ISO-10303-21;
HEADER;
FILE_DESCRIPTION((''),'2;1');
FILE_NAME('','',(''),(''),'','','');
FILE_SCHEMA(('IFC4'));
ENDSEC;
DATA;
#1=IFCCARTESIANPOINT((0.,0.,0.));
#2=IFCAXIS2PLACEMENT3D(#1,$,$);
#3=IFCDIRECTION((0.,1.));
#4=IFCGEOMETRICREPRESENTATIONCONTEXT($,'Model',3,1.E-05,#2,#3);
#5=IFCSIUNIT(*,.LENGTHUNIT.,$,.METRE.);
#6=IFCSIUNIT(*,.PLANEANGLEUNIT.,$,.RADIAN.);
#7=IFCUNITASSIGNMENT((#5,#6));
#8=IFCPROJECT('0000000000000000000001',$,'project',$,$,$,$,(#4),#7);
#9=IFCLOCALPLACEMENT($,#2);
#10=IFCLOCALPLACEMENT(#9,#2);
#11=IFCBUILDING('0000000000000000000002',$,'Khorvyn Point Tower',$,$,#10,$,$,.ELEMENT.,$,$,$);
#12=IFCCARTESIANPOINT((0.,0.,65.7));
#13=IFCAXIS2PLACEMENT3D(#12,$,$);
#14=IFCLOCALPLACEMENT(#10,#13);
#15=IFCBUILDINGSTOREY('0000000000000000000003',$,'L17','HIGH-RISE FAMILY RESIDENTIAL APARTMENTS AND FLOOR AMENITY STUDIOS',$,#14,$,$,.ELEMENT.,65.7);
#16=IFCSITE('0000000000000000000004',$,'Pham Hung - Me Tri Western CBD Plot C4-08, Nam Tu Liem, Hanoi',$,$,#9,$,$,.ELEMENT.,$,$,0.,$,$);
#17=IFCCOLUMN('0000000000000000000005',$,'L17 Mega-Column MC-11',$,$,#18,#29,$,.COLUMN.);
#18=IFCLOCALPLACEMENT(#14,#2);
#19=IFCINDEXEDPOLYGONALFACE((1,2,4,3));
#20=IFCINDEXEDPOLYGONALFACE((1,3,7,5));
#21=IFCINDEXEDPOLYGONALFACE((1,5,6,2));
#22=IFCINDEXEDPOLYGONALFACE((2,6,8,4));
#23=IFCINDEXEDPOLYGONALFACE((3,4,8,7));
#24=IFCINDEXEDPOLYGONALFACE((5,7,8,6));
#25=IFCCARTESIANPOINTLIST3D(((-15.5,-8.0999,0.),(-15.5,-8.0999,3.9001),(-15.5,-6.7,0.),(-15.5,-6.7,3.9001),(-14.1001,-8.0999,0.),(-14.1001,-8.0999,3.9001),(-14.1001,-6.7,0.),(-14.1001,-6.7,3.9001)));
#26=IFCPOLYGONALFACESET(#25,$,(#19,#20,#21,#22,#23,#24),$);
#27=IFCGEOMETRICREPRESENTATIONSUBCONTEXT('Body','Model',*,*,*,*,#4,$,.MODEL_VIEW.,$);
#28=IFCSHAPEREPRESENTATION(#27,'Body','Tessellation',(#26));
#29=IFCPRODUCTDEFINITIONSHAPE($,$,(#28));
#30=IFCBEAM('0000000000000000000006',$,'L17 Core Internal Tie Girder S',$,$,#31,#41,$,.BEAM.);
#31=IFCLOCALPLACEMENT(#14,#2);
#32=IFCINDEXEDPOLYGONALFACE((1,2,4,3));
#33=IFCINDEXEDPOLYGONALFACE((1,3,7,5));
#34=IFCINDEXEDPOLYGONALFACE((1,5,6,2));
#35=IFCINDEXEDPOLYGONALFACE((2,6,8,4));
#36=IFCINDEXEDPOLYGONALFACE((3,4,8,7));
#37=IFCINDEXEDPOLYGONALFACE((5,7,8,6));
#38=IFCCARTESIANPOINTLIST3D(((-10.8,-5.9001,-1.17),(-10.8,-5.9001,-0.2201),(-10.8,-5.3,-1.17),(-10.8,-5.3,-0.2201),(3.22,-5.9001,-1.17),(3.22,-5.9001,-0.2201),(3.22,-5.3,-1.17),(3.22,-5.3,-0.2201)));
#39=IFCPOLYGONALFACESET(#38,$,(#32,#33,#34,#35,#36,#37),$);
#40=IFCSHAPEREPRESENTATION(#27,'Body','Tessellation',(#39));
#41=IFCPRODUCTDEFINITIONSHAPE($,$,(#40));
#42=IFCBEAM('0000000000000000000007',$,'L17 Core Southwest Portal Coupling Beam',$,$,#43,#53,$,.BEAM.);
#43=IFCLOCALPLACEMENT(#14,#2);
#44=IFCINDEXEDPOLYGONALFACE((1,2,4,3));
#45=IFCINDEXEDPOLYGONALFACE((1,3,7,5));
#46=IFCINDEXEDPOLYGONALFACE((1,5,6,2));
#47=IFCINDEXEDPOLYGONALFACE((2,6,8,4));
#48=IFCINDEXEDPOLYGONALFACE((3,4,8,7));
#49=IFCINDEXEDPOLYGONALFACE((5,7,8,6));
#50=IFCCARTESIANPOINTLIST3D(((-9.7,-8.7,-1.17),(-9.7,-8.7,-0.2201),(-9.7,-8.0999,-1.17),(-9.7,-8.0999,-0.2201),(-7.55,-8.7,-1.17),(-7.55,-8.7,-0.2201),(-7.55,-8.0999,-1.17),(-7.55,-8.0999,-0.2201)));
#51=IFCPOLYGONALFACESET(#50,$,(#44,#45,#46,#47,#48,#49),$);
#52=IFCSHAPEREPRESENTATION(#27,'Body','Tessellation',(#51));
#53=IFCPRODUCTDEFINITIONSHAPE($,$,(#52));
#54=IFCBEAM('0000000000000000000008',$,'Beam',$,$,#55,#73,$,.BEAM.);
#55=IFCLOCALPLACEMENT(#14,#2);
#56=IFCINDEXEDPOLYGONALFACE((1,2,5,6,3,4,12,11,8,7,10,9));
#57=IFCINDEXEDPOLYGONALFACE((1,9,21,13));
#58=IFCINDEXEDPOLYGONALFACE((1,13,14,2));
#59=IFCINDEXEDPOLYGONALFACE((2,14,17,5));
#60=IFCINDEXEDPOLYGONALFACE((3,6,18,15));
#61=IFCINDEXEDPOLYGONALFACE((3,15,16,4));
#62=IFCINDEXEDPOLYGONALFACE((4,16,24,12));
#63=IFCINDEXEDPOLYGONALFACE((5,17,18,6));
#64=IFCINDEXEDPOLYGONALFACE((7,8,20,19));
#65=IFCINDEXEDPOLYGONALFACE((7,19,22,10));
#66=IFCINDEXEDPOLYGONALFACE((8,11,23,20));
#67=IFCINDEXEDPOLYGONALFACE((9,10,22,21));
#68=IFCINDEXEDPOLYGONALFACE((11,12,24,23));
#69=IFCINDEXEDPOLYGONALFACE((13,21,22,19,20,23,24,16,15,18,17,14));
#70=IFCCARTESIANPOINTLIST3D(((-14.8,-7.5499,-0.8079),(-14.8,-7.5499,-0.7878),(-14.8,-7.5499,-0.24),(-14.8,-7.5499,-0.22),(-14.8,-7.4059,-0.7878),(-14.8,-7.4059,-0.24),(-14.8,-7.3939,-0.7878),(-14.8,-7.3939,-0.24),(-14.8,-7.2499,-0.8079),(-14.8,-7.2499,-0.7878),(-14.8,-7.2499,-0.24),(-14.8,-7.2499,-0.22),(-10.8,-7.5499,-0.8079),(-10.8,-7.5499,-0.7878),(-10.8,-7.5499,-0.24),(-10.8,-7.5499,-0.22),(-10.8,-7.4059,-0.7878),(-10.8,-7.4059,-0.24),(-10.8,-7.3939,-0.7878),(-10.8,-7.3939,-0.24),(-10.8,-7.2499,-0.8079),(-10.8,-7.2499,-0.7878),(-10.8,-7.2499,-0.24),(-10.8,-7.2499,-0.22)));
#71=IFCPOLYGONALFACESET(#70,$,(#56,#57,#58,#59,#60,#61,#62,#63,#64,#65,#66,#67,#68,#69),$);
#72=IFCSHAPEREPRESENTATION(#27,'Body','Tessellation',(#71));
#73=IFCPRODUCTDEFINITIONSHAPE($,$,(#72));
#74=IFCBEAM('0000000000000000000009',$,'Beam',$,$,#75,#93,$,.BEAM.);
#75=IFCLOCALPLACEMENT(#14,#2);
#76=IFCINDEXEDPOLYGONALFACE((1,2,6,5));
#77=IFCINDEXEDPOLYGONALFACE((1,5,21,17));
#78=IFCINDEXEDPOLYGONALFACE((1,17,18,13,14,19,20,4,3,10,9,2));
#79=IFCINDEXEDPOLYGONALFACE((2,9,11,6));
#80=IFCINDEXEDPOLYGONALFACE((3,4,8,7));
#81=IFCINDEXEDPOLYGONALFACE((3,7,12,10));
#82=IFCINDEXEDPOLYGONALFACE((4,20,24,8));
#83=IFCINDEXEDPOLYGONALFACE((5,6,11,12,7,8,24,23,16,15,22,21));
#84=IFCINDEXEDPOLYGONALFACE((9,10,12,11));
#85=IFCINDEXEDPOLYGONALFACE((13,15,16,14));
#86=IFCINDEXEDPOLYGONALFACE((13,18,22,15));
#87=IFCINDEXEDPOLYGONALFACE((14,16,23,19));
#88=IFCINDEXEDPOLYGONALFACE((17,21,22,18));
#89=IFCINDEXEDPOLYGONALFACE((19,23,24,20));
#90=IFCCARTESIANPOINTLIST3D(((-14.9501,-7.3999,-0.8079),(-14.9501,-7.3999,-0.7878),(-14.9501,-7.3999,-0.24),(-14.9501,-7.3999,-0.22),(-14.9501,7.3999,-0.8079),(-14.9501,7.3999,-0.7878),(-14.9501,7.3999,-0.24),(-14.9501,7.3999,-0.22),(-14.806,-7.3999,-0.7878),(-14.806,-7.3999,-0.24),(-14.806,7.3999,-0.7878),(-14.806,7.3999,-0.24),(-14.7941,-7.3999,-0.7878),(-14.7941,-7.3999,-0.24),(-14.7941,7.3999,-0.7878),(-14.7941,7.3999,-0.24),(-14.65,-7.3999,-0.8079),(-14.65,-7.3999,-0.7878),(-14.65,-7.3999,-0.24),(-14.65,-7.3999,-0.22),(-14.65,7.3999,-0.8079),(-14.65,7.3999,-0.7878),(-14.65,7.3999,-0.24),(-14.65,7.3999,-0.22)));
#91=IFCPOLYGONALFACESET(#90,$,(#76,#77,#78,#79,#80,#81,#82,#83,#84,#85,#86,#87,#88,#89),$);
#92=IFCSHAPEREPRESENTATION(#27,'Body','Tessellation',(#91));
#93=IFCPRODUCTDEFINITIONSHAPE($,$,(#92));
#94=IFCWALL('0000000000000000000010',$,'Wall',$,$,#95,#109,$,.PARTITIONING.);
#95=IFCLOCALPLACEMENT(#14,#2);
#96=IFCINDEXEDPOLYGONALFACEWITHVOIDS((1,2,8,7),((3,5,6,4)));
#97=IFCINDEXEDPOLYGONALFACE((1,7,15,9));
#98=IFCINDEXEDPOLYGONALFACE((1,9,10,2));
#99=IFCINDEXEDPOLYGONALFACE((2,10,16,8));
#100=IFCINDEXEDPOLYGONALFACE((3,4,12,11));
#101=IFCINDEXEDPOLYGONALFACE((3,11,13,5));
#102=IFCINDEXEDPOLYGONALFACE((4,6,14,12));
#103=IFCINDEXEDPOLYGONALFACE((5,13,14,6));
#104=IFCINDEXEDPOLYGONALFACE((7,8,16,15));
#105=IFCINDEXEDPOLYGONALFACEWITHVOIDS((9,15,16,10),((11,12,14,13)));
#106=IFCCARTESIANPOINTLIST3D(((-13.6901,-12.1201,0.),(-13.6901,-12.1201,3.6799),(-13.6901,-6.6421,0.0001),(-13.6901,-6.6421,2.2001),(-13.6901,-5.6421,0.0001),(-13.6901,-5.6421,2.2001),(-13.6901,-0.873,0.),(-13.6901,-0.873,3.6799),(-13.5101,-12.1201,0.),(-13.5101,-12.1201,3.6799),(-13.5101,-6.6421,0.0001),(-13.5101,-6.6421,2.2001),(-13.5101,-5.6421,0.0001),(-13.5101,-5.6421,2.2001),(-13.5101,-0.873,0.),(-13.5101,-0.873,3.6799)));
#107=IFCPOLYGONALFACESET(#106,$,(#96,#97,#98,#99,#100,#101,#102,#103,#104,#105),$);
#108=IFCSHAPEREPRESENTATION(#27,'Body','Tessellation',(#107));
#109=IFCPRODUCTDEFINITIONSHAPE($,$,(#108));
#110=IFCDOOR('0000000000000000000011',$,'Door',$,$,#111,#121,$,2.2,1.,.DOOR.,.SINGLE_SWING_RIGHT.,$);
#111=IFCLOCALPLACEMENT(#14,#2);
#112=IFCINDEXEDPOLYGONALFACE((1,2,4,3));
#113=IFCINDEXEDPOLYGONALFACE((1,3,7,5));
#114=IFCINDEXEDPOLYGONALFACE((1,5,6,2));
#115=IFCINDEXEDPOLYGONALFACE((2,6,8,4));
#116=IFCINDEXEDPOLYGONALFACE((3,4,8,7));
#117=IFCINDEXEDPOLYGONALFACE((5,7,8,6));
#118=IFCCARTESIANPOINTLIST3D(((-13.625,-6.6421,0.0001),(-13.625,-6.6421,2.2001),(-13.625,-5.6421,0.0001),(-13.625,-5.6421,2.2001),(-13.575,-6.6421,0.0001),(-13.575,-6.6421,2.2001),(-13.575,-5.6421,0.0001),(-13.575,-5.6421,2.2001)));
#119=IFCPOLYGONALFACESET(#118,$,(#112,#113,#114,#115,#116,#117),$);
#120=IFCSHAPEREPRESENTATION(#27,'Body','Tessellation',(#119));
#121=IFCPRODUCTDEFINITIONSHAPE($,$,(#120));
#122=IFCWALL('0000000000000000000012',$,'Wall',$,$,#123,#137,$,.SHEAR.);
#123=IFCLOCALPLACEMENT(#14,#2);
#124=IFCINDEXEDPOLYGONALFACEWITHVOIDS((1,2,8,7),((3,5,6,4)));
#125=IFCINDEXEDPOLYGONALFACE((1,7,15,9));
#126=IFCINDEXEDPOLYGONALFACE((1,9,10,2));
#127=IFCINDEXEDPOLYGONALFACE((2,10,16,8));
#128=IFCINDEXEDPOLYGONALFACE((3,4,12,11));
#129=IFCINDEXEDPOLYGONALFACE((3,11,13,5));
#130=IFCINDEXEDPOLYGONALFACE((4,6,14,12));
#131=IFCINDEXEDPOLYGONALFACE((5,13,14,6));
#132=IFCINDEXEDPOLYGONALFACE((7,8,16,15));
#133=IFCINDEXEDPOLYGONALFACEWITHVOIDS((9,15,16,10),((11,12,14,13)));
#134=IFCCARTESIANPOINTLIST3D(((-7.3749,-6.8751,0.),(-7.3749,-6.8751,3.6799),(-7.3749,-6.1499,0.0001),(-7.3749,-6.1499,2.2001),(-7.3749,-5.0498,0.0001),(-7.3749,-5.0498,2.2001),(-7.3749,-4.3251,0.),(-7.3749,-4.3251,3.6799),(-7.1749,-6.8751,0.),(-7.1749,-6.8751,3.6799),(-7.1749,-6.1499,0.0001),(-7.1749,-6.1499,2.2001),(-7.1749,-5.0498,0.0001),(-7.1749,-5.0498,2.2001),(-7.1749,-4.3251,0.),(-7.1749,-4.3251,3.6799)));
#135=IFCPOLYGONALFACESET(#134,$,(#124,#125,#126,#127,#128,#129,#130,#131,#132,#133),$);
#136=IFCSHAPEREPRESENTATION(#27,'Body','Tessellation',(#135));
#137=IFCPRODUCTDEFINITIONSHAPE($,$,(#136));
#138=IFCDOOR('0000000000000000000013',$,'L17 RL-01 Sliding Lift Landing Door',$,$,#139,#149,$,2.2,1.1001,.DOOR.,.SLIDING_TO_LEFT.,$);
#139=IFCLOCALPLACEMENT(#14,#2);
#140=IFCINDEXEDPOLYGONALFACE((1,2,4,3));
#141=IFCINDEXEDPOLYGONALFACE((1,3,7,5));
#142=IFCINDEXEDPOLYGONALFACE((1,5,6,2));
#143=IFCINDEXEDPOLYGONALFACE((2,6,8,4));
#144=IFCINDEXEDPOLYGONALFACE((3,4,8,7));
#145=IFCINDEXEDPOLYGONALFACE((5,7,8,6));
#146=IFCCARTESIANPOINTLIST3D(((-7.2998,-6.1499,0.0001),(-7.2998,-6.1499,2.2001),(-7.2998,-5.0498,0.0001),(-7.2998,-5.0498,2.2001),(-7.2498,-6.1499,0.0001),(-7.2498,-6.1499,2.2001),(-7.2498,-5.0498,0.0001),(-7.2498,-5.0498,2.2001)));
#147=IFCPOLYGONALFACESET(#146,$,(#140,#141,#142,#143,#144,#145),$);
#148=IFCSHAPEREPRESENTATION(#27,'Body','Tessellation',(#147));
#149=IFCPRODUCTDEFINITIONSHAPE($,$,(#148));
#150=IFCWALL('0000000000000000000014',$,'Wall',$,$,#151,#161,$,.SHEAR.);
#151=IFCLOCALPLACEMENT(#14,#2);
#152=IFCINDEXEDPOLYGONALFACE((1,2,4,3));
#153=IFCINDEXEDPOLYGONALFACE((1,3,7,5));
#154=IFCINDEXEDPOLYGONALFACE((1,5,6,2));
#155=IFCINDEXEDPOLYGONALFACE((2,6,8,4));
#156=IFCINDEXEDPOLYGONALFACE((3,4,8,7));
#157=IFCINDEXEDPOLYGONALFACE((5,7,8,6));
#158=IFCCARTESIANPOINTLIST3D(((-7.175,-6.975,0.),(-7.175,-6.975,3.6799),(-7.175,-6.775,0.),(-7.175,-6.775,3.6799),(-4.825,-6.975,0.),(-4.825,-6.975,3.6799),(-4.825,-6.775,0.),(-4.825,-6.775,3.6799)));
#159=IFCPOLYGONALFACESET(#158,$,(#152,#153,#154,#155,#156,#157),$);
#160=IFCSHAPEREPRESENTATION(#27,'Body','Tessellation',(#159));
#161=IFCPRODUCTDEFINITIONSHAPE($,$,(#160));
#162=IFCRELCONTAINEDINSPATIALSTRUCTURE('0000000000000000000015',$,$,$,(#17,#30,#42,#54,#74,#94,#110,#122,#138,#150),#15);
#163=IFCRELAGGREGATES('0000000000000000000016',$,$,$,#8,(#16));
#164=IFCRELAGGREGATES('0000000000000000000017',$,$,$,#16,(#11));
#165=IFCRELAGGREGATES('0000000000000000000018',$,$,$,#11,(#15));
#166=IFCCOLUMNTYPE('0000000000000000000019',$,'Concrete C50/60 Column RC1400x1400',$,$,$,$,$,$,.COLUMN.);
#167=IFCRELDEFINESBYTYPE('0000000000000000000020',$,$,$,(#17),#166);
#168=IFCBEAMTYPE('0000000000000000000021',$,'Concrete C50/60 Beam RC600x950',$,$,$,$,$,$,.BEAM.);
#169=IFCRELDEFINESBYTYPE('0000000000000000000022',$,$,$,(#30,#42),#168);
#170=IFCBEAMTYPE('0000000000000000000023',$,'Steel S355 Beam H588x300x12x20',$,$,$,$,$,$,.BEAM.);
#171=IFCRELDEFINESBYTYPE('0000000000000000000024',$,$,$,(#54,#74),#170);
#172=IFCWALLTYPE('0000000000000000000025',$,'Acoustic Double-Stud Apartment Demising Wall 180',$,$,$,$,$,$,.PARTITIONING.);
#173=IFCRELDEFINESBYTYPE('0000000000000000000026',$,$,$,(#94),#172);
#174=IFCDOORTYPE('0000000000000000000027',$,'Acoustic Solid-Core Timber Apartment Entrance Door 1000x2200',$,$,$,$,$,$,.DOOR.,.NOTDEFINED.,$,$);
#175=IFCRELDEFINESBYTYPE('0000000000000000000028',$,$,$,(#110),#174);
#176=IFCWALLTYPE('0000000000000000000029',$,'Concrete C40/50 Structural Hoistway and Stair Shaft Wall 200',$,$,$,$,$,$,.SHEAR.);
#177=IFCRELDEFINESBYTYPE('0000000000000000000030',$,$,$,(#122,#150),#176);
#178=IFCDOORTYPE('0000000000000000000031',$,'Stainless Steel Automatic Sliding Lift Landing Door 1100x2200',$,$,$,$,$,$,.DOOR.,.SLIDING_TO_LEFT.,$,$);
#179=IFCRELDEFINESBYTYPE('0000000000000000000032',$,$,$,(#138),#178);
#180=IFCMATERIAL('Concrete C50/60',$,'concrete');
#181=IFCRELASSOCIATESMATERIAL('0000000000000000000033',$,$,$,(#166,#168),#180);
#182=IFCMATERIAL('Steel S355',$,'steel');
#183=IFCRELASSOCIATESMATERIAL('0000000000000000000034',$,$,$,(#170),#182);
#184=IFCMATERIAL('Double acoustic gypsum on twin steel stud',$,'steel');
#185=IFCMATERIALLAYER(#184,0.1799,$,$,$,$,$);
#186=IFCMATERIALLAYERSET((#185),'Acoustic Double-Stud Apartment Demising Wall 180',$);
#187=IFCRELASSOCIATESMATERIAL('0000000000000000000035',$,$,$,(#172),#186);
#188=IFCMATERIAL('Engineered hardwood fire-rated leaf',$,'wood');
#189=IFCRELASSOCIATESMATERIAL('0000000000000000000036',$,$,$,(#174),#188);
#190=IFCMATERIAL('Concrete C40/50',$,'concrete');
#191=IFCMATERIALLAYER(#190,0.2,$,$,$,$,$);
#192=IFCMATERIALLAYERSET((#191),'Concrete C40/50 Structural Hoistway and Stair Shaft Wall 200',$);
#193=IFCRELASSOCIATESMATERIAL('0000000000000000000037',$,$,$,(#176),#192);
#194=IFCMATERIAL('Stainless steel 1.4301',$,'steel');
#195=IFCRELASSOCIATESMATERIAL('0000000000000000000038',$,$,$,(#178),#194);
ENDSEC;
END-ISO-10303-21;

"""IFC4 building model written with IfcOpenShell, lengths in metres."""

from ifc_helpers import new_model, si_unit, direction, frame, frame_2d, origin, origin_2d, place, context, subcontext, project, spatial, rectangle, i_section, extrude, material, layer, layer_set, material_profile, profile_set, type_object, element, fill, save


model = new_model("IFC4")

# Units and contexts
model_context = context("Model", 3, precision=1e-05, world=origin(), true_north=direction((0.0, 1.0)))
body_context = subcontext(model_context, "Body", "Model", "MODEL_VIEW")
ifc_project = project(units=[si_unit("LENGTHUNIT", "METRE"), si_unit("PLANEANGLEUNIT", "RADIAN")], contexts=[model_context])

# Site, building, storey
site_placement = place(None, origin())
site = spatial("IfcSite", under=ifc_project, at=site_placement, Name="Pham Hung - Me Tri Western CBD Plot C4-08, Nam Tu Liem, Hanoi", CompositionType="ELEMENT", RefElevation=0.0)
building_placement = place(site_placement, origin())
building = spatial("IfcBuilding", under=site, at=building_placement, Name="Khorvyn Point Tower", CompositionType="ELEMENT")
storey_placement = place(building_placement, frame((0.0, 0.0, 65.7)))
storey = spatial("IfcBuildingStorey", under=building, at=storey_placement, Name="L17", Description="HIGH-RISE FAMILY RESIDENTIAL APARTMENTS AND FLOOR AMENITY STUDIOS", CompositionType="ELEMENT", Elevation=65.7)

# Column
ifc_material_1 = material(Name="Concrete C50/60", Category="concrete")
ifc_material_profile_1 = material_profile(ifc_material_1, rectangle(XDim=1.3999, YDim=1.3999, at=origin_2d()))
ifc_profile_set_1 = profile_set([ifc_material_profile_1], Name="Concrete C50/60 RC1400x1400")
column_type = type_object("IfcColumnType", Name="Concrete C50/60 Column RC1400x1400", PredefinedType="COLUMN", material=ifc_profile_set_1)
column_placement = place(storey_placement, frame((-14.8, -7.3999, 0.0), z_axis=(0.0, 0.0, 1.0), x_axis=(1.0, 0.0, 0.0)))
element("IfcColumn", 1, at=column_placement, inside=storey, type_object=column_type, Name="L17 Mega-Column MC-11", PredefinedType="COLUMN", context=body_context, shape_type="SweptSolid", body=[
    extrude(rectangle(XDim=1.3999, YDim=1.3999, at=origin_2d()), origin(), (0.0, 0.0, 1.0), 3.9001),
])

# Beams
ifc_material_profile_2 = material_profile(ifc_material_1, rectangle(XDim=0.6001, YDim=0.95, at=origin_2d()))
ifc_profile_set_2 = profile_set([ifc_material_profile_2], Name="Concrete C50/60 RC600x950")
beam_type_1 = type_object("IfcBeamType", Name="Concrete C50/60 Beam RC600x950", PredefinedType="BEAM", material=ifc_profile_set_2)
beam_1_placement = place(storey_placement, frame((-10.8, -5.6001, -0.6951), z_axis=(1.0, 0.0, 0.0), x_axis=(0.0, 1.0, 0.0)))
element("IfcBeam", 2, at=beam_1_placement, inside=storey, type_object=beam_type_1, Name="L17 Core Internal Tie Girder S", PredefinedType="BEAM", context=body_context, shape_type="SweptSolid", body=[
    extrude(rectangle(XDim=0.6001, YDim=0.95, at=origin_2d()), origin(), (0.0, 0.0, 1.0), 14.02),
])
beam_2_placement = place(storey_placement, frame((-9.7, -8.3999, -0.6951), z_axis=(1.0, 0.0, 0.0), x_axis=(0.0, 1.0, 0.0)))
element("IfcBeam", 3, at=beam_2_placement, inside=storey, type_object=beam_type_1, Name="L17 Core Southwest Portal Coupling Beam", PredefinedType="BEAM", context=body_context, shape_type="SweptSolid", body=[
    extrude(rectangle(XDim=0.6001, YDim=0.95, at=origin_2d()), origin(), (0.0, 0.0, 1.0), 2.1499),
])
ifc_material_2 = material(Name="Steel S355", Category="steel")
ifc_material_profile_3 = material_profile(ifc_material_2, i_section(OverallWidth=0.3, OverallDepth=0.5879, WebThickness=0.012, FlangeThickness=0.02, at=origin_2d()))
ifc_profile_set_3 = profile_set([ifc_material_profile_3], Name="Steel S355 H588x300x12x20")
beam_type_2 = type_object("IfcBeamType", Name="Steel S355 Beam H588x300x12x20", PredefinedType="BEAM", material=ifc_profile_set_3)
beam_3_placement = place(storey_placement, frame((-14.8, -7.3999, -0.5139), z_axis=(1.0, 0.0, 0.0), x_axis=(0.0, 1.0, 0.0)))
element("IfcBeam", 4, at=beam_3_placement, inside=storey, type_object=beam_type_2, Name="Beam", PredefinedType="BEAM", context=body_context, shape_type="SweptSolid", body=[
    extrude(i_section(OverallWidth=0.3, OverallDepth=0.5879, WebThickness=0.012, FlangeThickness=0.02, at=origin_2d()), origin(), (0.0, 0.0, 1.0), 4.0),
])
beam_4_placement = place(storey_placement, frame((-14.8, -7.3999, -0.5139), z_axis=(0.0, 1.0, 0.0), x_axis=(-1.0, 0.0, 0.0)))
element("IfcBeam", 5, at=beam_4_placement, inside=storey, type_object=beam_type_2, Name="Beam", PredefinedType="BEAM", context=body_context, shape_type="SweptSolid", body=[
    extrude(i_section(OverallWidth=0.3, OverallDepth=0.5879, WebThickness=0.012, FlangeThickness=0.02, at=origin_2d()), origin(), (0.0, 0.0, 1.0), 14.7998),
])

# Walls, openings, doors
ifc_material_3 = material(Name="Double acoustic gypsum on twin steel stud", Category="steel")
ifc_layer_1 = layer(ifc_material_3, 0.1799)
ifc_layer_set_1 = layer_set([ifc_layer_1], Name="Acoustic Double-Stud Apartment Demising Wall 180")
wall_type_1 = type_object("IfcWallType", Name="Acoustic Double-Stud Apartment Demising Wall 180", PredefinedType="PARTITIONING", material=ifc_layer_set_1)
wall_1_placement = place(storey_placement, frame((-13.6001, -12.1201, 0.0), z_axis=(0.0, 0.0, 1.0), x_axis=(0.0, 1.0, 0.0)))
wall_1 = element("IfcWall", 6, at=wall_1_placement, inside=storey, type_object=wall_type_1, Name="Wall", PredefinedType="PARTITIONING", context=body_context, shape_type="SweptSolid", body=[
    extrude(rectangle(XDim=11.2471, YDim=0.1799, at=frame_2d((5.6235, 0.0))), origin(), (0.0, 0.0, 1.0), 3.6799),
])
opening_1_placement = place(wall_1_placement, frame((5.478, 0.0, 0.0)))
opening_1 = element("IfcOpeningElement", 7, at=opening_1_placement, cuts=wall_1, PredefinedType="OPENING", context=body_context, shape_type="SweptSolid", body=[
    extrude(rectangle(XDim=1.0, YDim=2.2, at=frame_2d((0.5, 1.1001))), frame((0.0, 0.0999, 0.0), z_axis=(0.0, -1.0, 0.0), x_axis=(1.0, 0.0, 0.0)), (0.0, 0.0, 1.0), 0.2),
])
ifc_material_4 = material(Name="Engineered hardwood fire-rated leaf", Category="wood")
door_type_1 = type_object("IfcDoorType", Name="Acoustic Solid-Core Timber Apartment Entrance Door 1000x2200", OperationType="NOTDEFINED", PredefinedType="DOOR", material=ifc_material_4)
door_1_placement = place(opening_1_placement, origin())
door_1 = element("IfcDoor", 8, at=door_1_placement, inside=storey, type_object=door_type_1, Name="Door", OperationType="SINGLE_SWING_RIGHT", OverallHeight=2.2, OverallWidth=1.0, PredefinedType="DOOR", context=body_context, shape_type="SweptSolid", body=[
    extrude(rectangle(XDim=1.0, YDim=2.2, at=frame_2d((0.5, 1.1001))), frame((0.0, 0.0249, 0.0), z_axis=(0.0, -1.0, 0.0), x_axis=(1.0, 0.0, 0.0)), (0.0, 0.0, 1.0), 0.05),
])
fill(opening_1, door_1)
ifc_material_5 = material(Name="Concrete C40/50", Category="concrete")
ifc_layer_2 = layer(ifc_material_5, 0.2)
ifc_layer_set_2 = layer_set([ifc_layer_2], Name="Concrete C40/50 Structural Hoistway and Stair Shaft Wall 200")
wall_type_2 = type_object("IfcWallType", Name="Concrete C40/50 Structural Hoistway and Stair Shaft Wall 200", PredefinedType="SHEAR", material=ifc_layer_set_2)
wall_2_placement = place(storey_placement, frame((-7.2749, -6.875, 0.0), z_axis=(0.0, 0.0, 1.0), x_axis=(0.0, 1.0, 0.0)))
wall_2 = element("IfcWall", 9, at=wall_2_placement, inside=storey, type_object=wall_type_2, Name="Wall", PredefinedType="SHEAR", context=body_context, shape_type="SweptSolid", body=[
    extrude(rectangle(XDim=2.55, YDim=0.2, at=frame_2d((1.2749, 0.0))), origin(), (0.0, 0.0, 1.0), 3.6799),
])
opening_2_placement = place(wall_2_placement, frame((0.7251, 0.0, 0.0)))
opening_2 = element("IfcOpeningElement", 10, at=opening_2_placement, cuts=wall_2, PredefinedType="OPENING", context=body_context, shape_type="SweptSolid", body=[
    extrude(rectangle(XDim=1.1001, YDim=2.2, at=frame_2d((0.55, 1.1001))), frame((0.0, 0.1099, 0.0), z_axis=(0.0, -1.0, 0.0), x_axis=(1.0, 0.0, 0.0)), (0.0, 0.0, 1.0), 0.22),
])
ifc_material_6 = material(Name="Stainless steel 1.4301", Category="steel")
door_type_2 = type_object("IfcDoorType", Name="Stainless Steel Automatic Sliding Lift Landing Door 1100x2200", OperationType="SLIDING_TO_LEFT", PredefinedType="DOOR", material=ifc_material_6)
door_2_placement = place(opening_2_placement, origin())
door_2 = element("IfcDoor", 11, at=door_2_placement, inside=storey, type_object=door_type_2, Name="L17 RL-01 Sliding Lift Landing Door", OperationType="SLIDING_TO_LEFT", OverallHeight=2.2, OverallWidth=1.1001, PredefinedType="DOOR", context=body_context, shape_type="SweptSolid", body=[
    extrude(rectangle(XDim=1.1001, YDim=2.2, at=frame_2d((0.55, 1.1001))), frame((0.0, 0.0249, 0.0), z_axis=(0.0, -1.0, 0.0), x_axis=(1.0, 0.0, 0.0)), (0.0, 0.0, 1.0), 0.05),
])
fill(opening_2, door_2)

# Wall
wall_3_placement = place(storey_placement, frame((-7.175, -6.875, 0.0), z_axis=(0.0, 0.0, 1.0), x_axis=(1.0, 0.0, 0.0)))
element("IfcWall", 12, at=wall_3_placement, inside=storey, type_object=wall_type_2, Name="Wall", PredefinedType="SHEAR", context=body_context, shape_type="SweptSolid", body=[
    extrude(rectangle(XDim=2.3501, YDim=0.2, at=frame_2d((1.175, 0.0))), origin(), (0.0, 0.0, 1.0), 3.6799),
])

save(model, "model.ifc")
